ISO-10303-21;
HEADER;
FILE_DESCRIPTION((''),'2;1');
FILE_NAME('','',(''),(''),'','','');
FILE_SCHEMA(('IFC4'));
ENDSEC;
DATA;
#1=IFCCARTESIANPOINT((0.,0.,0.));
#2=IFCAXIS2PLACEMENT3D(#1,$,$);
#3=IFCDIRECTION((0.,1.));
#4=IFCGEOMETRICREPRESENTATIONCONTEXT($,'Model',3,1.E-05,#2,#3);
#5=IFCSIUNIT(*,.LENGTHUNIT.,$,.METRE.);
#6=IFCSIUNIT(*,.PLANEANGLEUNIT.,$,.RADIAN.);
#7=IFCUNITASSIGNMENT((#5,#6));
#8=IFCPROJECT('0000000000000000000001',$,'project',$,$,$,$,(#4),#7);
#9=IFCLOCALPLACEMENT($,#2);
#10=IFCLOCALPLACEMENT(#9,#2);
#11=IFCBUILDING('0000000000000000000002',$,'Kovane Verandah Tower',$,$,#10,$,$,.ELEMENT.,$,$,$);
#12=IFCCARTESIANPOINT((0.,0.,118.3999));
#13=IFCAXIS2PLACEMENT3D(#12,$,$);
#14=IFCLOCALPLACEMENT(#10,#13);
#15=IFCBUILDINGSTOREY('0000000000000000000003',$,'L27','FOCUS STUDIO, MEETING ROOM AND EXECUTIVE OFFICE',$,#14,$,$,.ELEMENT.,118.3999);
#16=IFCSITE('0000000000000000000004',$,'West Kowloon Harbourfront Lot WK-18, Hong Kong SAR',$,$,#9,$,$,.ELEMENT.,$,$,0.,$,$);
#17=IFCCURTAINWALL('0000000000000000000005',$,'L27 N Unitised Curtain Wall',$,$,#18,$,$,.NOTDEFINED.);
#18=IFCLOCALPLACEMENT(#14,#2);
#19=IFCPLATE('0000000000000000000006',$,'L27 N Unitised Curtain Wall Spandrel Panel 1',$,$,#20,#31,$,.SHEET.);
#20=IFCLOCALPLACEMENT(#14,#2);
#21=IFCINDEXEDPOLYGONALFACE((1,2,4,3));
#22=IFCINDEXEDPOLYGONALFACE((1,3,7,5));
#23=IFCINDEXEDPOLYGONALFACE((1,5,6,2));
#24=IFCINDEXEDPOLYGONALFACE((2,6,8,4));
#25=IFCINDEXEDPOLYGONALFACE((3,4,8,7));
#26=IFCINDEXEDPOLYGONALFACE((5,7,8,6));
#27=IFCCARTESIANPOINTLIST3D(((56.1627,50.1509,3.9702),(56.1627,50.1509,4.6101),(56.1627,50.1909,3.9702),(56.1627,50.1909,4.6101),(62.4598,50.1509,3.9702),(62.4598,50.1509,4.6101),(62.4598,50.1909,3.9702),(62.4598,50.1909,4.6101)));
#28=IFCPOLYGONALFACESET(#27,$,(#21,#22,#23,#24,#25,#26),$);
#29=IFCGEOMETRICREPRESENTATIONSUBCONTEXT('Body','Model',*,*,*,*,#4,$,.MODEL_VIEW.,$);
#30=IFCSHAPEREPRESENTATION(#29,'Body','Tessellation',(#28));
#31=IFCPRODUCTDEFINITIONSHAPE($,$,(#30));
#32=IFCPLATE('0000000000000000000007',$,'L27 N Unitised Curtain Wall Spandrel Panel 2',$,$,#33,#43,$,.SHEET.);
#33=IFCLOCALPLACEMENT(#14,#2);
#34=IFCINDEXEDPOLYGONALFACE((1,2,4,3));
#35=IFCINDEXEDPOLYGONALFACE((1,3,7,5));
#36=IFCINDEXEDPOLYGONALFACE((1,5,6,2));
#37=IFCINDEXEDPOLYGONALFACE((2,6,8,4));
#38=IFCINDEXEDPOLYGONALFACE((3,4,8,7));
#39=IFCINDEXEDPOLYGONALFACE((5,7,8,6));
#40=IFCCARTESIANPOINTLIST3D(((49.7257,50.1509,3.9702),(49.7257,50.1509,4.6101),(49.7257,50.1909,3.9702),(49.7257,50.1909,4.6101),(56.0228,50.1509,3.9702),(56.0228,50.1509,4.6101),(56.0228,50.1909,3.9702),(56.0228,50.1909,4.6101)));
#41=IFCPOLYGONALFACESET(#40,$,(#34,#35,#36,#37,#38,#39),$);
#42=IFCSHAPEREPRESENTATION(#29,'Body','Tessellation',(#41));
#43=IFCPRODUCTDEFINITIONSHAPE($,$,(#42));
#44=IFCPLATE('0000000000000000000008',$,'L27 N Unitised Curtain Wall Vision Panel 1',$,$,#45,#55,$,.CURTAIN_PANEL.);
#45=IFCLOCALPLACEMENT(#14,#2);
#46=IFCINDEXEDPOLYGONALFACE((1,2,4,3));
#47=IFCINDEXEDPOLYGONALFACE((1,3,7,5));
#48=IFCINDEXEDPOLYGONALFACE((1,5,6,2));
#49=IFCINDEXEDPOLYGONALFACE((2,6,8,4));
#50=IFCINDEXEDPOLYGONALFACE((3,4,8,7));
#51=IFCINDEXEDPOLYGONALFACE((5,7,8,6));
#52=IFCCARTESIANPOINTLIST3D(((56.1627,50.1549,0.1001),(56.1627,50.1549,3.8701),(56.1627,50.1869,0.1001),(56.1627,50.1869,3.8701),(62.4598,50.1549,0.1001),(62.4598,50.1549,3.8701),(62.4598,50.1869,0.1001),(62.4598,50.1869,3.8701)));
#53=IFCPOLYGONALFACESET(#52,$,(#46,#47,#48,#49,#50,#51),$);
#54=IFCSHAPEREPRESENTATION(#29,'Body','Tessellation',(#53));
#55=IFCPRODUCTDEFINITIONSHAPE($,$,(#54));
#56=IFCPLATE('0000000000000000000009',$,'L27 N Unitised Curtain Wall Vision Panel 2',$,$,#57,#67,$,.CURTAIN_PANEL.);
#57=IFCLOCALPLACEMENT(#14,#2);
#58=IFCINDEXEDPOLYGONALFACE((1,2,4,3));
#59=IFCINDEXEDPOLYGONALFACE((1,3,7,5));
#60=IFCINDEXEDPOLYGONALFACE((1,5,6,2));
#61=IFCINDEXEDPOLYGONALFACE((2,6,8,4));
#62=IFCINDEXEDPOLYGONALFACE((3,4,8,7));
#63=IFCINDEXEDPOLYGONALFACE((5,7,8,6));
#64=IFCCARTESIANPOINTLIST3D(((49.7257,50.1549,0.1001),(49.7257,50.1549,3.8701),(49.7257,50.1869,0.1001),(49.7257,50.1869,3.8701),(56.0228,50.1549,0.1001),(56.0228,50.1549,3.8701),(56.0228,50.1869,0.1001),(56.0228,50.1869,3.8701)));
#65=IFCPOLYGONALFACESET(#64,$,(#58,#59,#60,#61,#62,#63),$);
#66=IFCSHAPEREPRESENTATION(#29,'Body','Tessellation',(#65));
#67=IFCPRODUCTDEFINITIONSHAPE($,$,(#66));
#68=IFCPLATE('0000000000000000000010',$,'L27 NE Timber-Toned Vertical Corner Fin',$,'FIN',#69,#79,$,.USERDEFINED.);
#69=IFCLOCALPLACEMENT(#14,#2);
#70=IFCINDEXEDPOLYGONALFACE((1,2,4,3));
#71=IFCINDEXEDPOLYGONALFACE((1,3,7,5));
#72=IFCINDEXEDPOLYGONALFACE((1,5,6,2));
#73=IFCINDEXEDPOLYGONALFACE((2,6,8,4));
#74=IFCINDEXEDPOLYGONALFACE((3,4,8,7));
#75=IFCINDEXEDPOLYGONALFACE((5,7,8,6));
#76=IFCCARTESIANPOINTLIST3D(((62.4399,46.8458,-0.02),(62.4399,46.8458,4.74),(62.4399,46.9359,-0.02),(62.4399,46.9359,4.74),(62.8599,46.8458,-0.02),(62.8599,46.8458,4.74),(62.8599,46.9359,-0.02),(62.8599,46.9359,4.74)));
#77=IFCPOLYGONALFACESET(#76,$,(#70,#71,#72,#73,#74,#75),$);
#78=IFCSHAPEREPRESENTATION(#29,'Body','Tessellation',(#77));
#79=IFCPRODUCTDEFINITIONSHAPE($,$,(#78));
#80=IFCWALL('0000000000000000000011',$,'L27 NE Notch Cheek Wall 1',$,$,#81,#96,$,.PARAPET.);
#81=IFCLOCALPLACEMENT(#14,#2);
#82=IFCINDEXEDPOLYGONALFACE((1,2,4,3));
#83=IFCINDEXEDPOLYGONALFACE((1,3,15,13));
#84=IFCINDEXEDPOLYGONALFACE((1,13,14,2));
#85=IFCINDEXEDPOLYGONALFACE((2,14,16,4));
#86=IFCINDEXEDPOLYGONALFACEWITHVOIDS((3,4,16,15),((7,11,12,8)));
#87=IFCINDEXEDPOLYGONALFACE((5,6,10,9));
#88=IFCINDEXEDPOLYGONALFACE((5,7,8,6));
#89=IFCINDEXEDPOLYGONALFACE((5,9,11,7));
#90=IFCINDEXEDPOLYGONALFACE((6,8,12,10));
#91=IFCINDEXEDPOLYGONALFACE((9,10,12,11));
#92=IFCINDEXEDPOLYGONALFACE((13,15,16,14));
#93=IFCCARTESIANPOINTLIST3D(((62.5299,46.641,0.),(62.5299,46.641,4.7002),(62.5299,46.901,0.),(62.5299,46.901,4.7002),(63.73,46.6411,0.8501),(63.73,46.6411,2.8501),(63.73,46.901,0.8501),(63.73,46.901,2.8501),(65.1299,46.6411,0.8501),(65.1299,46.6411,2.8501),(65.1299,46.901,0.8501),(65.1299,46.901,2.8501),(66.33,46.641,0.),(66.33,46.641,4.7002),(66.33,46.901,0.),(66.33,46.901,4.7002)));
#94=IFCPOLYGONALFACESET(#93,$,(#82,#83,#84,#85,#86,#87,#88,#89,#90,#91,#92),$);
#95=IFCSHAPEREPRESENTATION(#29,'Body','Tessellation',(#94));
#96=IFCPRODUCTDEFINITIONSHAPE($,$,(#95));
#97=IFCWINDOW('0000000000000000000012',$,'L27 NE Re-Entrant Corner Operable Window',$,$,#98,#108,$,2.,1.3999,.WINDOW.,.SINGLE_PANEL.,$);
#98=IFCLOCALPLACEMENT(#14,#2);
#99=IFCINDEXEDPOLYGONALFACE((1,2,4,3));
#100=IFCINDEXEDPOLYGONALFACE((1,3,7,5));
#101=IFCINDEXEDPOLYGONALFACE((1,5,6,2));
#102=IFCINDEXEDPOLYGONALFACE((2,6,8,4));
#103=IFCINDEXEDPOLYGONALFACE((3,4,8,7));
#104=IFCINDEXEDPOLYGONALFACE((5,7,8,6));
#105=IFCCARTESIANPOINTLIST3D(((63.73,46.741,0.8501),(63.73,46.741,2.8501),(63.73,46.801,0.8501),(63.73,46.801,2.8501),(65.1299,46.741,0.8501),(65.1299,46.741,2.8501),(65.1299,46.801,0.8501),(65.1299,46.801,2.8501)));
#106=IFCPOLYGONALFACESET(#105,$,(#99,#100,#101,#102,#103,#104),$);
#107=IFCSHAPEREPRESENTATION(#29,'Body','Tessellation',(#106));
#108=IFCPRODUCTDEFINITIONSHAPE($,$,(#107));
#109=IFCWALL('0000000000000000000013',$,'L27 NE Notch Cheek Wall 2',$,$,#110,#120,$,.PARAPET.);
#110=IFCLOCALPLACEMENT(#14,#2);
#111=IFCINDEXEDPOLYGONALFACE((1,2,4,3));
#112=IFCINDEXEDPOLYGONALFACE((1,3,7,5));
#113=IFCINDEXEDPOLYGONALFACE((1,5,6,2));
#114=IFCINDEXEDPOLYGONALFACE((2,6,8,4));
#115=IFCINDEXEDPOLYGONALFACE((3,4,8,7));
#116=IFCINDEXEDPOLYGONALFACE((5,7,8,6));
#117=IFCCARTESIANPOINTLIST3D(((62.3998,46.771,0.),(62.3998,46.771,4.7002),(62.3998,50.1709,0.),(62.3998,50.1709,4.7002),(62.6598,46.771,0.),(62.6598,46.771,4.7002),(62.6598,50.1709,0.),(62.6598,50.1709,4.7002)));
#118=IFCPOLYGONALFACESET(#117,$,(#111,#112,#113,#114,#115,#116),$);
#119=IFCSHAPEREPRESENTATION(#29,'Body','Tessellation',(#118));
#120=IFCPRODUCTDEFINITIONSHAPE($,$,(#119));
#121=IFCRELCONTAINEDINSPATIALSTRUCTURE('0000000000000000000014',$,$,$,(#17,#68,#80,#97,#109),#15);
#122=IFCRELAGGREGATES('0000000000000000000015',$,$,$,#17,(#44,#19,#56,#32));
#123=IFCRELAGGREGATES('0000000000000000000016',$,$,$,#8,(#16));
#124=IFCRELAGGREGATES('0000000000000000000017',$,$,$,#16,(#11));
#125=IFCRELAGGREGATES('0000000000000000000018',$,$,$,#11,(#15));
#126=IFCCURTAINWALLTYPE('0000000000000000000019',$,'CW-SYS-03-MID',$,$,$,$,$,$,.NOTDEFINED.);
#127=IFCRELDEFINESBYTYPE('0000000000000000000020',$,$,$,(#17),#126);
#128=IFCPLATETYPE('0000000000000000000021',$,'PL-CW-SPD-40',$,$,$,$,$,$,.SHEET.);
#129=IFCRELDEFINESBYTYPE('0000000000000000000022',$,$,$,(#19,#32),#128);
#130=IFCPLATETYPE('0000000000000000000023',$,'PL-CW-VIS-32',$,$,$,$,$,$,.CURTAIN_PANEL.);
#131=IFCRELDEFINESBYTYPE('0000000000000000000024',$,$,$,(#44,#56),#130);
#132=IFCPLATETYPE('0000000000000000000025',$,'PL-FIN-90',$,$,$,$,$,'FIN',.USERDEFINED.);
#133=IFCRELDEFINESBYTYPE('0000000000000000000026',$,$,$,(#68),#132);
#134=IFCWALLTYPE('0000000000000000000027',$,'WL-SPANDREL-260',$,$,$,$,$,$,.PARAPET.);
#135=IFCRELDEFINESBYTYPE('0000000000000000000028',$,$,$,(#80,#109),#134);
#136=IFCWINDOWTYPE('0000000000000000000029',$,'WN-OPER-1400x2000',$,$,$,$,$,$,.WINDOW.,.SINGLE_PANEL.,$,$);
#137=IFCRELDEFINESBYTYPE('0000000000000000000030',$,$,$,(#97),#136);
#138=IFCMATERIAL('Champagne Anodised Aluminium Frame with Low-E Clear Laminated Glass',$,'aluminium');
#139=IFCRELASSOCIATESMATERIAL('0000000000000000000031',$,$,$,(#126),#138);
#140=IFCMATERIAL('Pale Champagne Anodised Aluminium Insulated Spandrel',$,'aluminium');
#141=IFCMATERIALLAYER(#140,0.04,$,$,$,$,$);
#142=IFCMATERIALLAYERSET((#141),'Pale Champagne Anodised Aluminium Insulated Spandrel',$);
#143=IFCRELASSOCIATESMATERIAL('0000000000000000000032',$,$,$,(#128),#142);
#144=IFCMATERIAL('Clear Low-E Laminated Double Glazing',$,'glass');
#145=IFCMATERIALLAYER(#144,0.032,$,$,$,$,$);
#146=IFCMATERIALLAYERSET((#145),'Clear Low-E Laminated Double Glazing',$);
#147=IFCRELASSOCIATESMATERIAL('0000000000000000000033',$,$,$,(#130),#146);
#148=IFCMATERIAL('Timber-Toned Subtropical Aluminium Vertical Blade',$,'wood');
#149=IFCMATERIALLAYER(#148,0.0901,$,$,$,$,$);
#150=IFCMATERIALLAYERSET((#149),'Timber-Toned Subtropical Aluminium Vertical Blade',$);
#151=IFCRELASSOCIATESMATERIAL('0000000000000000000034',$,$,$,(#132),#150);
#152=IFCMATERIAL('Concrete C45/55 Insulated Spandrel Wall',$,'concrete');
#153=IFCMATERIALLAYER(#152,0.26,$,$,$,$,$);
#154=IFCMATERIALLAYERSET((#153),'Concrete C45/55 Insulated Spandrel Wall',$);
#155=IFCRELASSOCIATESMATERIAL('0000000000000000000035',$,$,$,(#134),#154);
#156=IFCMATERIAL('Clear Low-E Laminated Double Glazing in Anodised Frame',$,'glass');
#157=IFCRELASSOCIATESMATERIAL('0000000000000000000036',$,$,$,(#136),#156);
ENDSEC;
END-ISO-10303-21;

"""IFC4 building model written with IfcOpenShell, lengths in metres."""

from ifc_helpers import new_model, si_unit, direction, frame, frame_2d, origin, origin_2d, place, context, subcontext, project, spatial, rectangle, extrude, material, layer, layer_set, type_object, element, fill, aggregate, save


model = new_model("IFC4")

# Units and contexts
model_context = context("Model", 3, precision=1e-05, world=origin(), true_north=direction((0.0, 1.0)))
body_context = subcontext(model_context, "Body", "Model", "MODEL_VIEW")
ifc_project = project(units=[si_unit("LENGTHUNIT", "METRE"), si_unit("PLANEANGLEUNIT", "RADIAN")], contexts=[model_context])

# Site, building, storey
site_placement = place(None, origin())
site = spatial("IfcSite", under=ifc_project, at=site_placement, Name="West Kowloon Harbourfront Lot WK-18, Hong Kong SAR", CompositionType="ELEMENT", RefElevation=0.0)
building_placement = place(site_placement, origin())
building = spatial("IfcBuilding", under=site, at=building_placement, Name="Kovane Verandah Tower", CompositionType="ELEMENT")
storey_placement = place(building_placement, frame((0.0, 0.0, 118.3999)))
storey = spatial("IfcBuildingStorey", under=building, at=storey_placement, Name="L27", Description="FOCUS STUDIO, MEETING ROOM AND EXECUTIVE OFFICE", CompositionType="ELEMENT", Elevation=118.3999)

# Curtain wall
ifc_material_1 = material(Name="Champagne Anodised Aluminium Frame with Low-E Clear Laminated Glass", Category="aluminium")
curtain_wall_type = type_object("IfcCurtainWallType", Name="CW-SYS-03-MID", PredefinedType="NOTDEFINED", material=ifc_material_1)
curtain_wall_placement = place(storey_placement, origin())
curtain_wall = element("IfcCurtainWall", 1, at=curtain_wall_placement, inside=storey, type_object=curtain_wall_type, Name="L27 N Unitised Curtain Wall", PredefinedType="NOTDEFINED")

# Plates
ifc_material_2 = material(Name="Pale Champagne Anodised Aluminium Insulated Spandrel", Category="aluminium")
ifc_layer_1 = layer(ifc_material_2, 0.04)
ifc_layer_set_1 = layer_set([ifc_layer_1], Name="Pale Champagne Anodised Aluminium Insulated Spandrel")
plate_type_1 = type_object("IfcPlateType", Name="PL-CW-SPD-40", PredefinedType="SHEET", material=ifc_layer_set_1)
plate_1_placement = place(storey_placement, frame((59.3113, 50.1709, 3.9702), z_axis=(0.0, 0.0, 1.0), x_axis=(-1.0, 0.0, 0.0)))
plate_1 = element("IfcPlate", 2, at=plate_1_placement, type_object=plate_type_1, Name="L27 N Unitised Curtain Wall Spandrel Panel 1", PredefinedType="SHEET", context=body_context, shape_type="SweptSolid", body=[
    extrude(rectangle(XDim=6.2971, YDim=0.04, at=origin_2d()), origin(), (0.0, 0.0, 1.0), 0.6399),
])
plate_2_placement = place(storey_placement, frame((52.8743, 50.1709, 3.9702), z_axis=(0.0, 0.0, 1.0), x_axis=(-1.0, 0.0, 0.0)))
plate_2 = element("IfcPlate", 3, at=plate_2_placement, type_object=plate_type_1, Name="L27 N Unitised Curtain Wall Spandrel Panel 2", PredefinedType="SHEET", context=body_context, shape_type="SweptSolid", body=[
    extrude(rectangle(XDim=6.2971, YDim=0.04, at=origin_2d()), origin(), (0.0, 0.0, 1.0), 0.6399),
])
ifc_material_3 = material(Name="Clear Low-E Laminated Double Glazing", Category="glass")
ifc_layer_2 = layer(ifc_material_3, 0.032)
ifc_layer_set_2 = layer_set([ifc_layer_2], Name="Clear Low-E Laminated Double Glazing")
plate_type_2 = type_object("IfcPlateType", Name="PL-CW-VIS-32", PredefinedType="CURTAIN_PANEL", material=ifc_layer_set_2)
plate_3_placement = place(storey_placement, frame((59.3113, 50.1709, 0.1001), z_axis=(0.0, 0.0, 1.0), x_axis=(-1.0, 0.0, 0.0)))
plate_3 = element("IfcPlate", 4, at=plate_3_placement, type_object=plate_type_2, Name="L27 N Unitised Curtain Wall Vision Panel 1", PredefinedType="CURTAIN_PANEL", context=body_context, shape_type="SweptSolid", body=[
    extrude(rectangle(XDim=6.2971, YDim=0.032, at=origin_2d()), origin(), (0.0, 0.0, 1.0), 3.77),
])
plate_4_placement = place(storey_placement, frame((52.8743, 50.1709, 0.1001), z_axis=(0.0, 0.0, 1.0), x_axis=(-1.0, 0.0, 0.0)))
plate_4 = element("IfcPlate", 5, at=plate_4_placement, type_object=plate_type_2, Name="L27 N Unitised Curtain Wall Vision Panel 2", PredefinedType="CURTAIN_PANEL", context=body_context, shape_type="SweptSolid", body=[
    extrude(rectangle(XDim=6.2971, YDim=0.032, at=origin_2d()), origin(), (0.0, 0.0, 1.0), 3.77),
])
aggregate(curtain_wall, [plate_3, plate_1, plate_4, plate_2])
ifc_material_4 = material(Name="Timber-Toned Subtropical Aluminium Vertical Blade", Category="wood")
ifc_layer_3 = layer(ifc_material_4, 0.0901)
ifc_layer_set_3 = layer_set([ifc_layer_3], Name="Timber-Toned Subtropical Aluminium Vertical Blade")
plate_type_3 = type_object("IfcPlateType", Name="PL-FIN-90", ElementType="FIN", PredefinedType="USERDEFINED", material=ifc_layer_set_3)
plate_5_placement = place(storey_placement, frame((62.6499, 46.8909, -0.02), z_axis=(0.0, 0.0, 1.0), x_axis=(1.0, 0.0, 0.0)))
element("IfcPlate", 6, at=plate_5_placement, inside=storey, type_object=plate_type_3, Name="L27 NE Timber-Toned Vertical Corner Fin", ObjectType="FIN", PredefinedType="USERDEFINED", context=body_context, shape_type="SweptSolid", body=[
    extrude(rectangle(XDim=0.4199, YDim=0.0901, at=origin_2d()), origin(), (0.0, 0.0, 1.0), 4.76),
])

# Wall, opening, window
ifc_material_5 = material(Name="Concrete C45/55 Insulated Spandrel Wall", Category="concrete")
ifc_layer_4 = layer(ifc_material_5, 0.26)
ifc_layer_set_4 = layer_set([ifc_layer_4], Name="Concrete C45/55 Insulated Spandrel Wall")
wall_type = type_object("IfcWallType", Name="WL-SPANDREL-260", PredefinedType="PARAPET", material=ifc_layer_set_4)
wall_1_placement = place(storey_placement, frame((66.3298, 46.771, 0.0), z_axis=(0.0, 0.0, 1.0), x_axis=(-1.0, 0.0, 0.0)))
wall_1 = element("IfcWall", 7, at=wall_1_placement, inside=storey, type_object=wall_type, Name="L27 NE Notch Cheek Wall 1", PredefinedType="PARAPET", context=body_context, shape_type="SweptSolid", body=[
    extrude(rectangle(XDim=3.8, YDim=0.26, at=frame_2d((1.8999, 0.0))), origin(), (0.0, 0.0, 1.0), 4.7002),
])
opening_placement = place(wall_1_placement, frame((1.2, 0.0, 0.8501)))
opening = element("IfcOpeningElement", 8, at=opening_placement, cuts=wall_1, PredefinedType="OPENING", context=body_context, shape_type="SweptSolid", body=[
    extrude(rectangle(XDim=1.3999, YDim=2.0, at=frame_2d((0.7, 1.0))), frame((0.0, 0.1299, 0.0), z_axis=(0.0, -1.0, 0.0), x_axis=(1.0, 0.0, 0.0)), (0.0, 0.0, 1.0), 0.26),
])
ifc_material_6 = material(Name="Clear Low-E Laminated Double Glazing in Anodised Frame", Category="glass")
window_type = type_object("IfcWindowType", Name="WN-OPER-1400x2000", PartitioningType="SINGLE_PANEL", PredefinedType="WINDOW", material=ifc_material_6)
window_placement = place(opening_placement, origin())
window = element("IfcWindow", 9, at=window_placement, inside=storey, type_object=window_type, Name="L27 NE Re-Entrant Corner Operable Window", OverallHeight=2.0, OverallWidth=1.3999, PartitioningType="SINGLE_PANEL", PredefinedType="WINDOW", context=body_context, shape_type="SweptSolid", body=[
    extrude(rectangle(XDim=1.3999, YDim=2.0, at=frame_2d((0.7, 1.0))), frame((0.0, 0.03, 0.0), z_axis=(0.0, -1.0, 0.0), x_axis=(1.0, 0.0, 0.0)), (0.0, 0.0, 1.0), 0.0601),
])
fill(opening, window)

# Wall
wall_2_placement = place(storey_placement, frame((62.5298, 46.771, 0.0), z_axis=(0.0, 0.0, 1.0), x_axis=(0.0, 1.0, 0.0)))
element("IfcWall", 10, at=wall_2_placement, inside=storey, type_object=wall_type, Name="L27 NE Notch Cheek Wall 2", PredefinedType="PARAPET", context=body_context, shape_type="SweptSolid", body=[
    extrude(rectangle(XDim=3.3999, YDim=0.26, at=frame_2d((1.7, 0.0))), origin(), (0.0, 0.0, 1.0), 4.7002),
])

save(model, "model.ifc")
